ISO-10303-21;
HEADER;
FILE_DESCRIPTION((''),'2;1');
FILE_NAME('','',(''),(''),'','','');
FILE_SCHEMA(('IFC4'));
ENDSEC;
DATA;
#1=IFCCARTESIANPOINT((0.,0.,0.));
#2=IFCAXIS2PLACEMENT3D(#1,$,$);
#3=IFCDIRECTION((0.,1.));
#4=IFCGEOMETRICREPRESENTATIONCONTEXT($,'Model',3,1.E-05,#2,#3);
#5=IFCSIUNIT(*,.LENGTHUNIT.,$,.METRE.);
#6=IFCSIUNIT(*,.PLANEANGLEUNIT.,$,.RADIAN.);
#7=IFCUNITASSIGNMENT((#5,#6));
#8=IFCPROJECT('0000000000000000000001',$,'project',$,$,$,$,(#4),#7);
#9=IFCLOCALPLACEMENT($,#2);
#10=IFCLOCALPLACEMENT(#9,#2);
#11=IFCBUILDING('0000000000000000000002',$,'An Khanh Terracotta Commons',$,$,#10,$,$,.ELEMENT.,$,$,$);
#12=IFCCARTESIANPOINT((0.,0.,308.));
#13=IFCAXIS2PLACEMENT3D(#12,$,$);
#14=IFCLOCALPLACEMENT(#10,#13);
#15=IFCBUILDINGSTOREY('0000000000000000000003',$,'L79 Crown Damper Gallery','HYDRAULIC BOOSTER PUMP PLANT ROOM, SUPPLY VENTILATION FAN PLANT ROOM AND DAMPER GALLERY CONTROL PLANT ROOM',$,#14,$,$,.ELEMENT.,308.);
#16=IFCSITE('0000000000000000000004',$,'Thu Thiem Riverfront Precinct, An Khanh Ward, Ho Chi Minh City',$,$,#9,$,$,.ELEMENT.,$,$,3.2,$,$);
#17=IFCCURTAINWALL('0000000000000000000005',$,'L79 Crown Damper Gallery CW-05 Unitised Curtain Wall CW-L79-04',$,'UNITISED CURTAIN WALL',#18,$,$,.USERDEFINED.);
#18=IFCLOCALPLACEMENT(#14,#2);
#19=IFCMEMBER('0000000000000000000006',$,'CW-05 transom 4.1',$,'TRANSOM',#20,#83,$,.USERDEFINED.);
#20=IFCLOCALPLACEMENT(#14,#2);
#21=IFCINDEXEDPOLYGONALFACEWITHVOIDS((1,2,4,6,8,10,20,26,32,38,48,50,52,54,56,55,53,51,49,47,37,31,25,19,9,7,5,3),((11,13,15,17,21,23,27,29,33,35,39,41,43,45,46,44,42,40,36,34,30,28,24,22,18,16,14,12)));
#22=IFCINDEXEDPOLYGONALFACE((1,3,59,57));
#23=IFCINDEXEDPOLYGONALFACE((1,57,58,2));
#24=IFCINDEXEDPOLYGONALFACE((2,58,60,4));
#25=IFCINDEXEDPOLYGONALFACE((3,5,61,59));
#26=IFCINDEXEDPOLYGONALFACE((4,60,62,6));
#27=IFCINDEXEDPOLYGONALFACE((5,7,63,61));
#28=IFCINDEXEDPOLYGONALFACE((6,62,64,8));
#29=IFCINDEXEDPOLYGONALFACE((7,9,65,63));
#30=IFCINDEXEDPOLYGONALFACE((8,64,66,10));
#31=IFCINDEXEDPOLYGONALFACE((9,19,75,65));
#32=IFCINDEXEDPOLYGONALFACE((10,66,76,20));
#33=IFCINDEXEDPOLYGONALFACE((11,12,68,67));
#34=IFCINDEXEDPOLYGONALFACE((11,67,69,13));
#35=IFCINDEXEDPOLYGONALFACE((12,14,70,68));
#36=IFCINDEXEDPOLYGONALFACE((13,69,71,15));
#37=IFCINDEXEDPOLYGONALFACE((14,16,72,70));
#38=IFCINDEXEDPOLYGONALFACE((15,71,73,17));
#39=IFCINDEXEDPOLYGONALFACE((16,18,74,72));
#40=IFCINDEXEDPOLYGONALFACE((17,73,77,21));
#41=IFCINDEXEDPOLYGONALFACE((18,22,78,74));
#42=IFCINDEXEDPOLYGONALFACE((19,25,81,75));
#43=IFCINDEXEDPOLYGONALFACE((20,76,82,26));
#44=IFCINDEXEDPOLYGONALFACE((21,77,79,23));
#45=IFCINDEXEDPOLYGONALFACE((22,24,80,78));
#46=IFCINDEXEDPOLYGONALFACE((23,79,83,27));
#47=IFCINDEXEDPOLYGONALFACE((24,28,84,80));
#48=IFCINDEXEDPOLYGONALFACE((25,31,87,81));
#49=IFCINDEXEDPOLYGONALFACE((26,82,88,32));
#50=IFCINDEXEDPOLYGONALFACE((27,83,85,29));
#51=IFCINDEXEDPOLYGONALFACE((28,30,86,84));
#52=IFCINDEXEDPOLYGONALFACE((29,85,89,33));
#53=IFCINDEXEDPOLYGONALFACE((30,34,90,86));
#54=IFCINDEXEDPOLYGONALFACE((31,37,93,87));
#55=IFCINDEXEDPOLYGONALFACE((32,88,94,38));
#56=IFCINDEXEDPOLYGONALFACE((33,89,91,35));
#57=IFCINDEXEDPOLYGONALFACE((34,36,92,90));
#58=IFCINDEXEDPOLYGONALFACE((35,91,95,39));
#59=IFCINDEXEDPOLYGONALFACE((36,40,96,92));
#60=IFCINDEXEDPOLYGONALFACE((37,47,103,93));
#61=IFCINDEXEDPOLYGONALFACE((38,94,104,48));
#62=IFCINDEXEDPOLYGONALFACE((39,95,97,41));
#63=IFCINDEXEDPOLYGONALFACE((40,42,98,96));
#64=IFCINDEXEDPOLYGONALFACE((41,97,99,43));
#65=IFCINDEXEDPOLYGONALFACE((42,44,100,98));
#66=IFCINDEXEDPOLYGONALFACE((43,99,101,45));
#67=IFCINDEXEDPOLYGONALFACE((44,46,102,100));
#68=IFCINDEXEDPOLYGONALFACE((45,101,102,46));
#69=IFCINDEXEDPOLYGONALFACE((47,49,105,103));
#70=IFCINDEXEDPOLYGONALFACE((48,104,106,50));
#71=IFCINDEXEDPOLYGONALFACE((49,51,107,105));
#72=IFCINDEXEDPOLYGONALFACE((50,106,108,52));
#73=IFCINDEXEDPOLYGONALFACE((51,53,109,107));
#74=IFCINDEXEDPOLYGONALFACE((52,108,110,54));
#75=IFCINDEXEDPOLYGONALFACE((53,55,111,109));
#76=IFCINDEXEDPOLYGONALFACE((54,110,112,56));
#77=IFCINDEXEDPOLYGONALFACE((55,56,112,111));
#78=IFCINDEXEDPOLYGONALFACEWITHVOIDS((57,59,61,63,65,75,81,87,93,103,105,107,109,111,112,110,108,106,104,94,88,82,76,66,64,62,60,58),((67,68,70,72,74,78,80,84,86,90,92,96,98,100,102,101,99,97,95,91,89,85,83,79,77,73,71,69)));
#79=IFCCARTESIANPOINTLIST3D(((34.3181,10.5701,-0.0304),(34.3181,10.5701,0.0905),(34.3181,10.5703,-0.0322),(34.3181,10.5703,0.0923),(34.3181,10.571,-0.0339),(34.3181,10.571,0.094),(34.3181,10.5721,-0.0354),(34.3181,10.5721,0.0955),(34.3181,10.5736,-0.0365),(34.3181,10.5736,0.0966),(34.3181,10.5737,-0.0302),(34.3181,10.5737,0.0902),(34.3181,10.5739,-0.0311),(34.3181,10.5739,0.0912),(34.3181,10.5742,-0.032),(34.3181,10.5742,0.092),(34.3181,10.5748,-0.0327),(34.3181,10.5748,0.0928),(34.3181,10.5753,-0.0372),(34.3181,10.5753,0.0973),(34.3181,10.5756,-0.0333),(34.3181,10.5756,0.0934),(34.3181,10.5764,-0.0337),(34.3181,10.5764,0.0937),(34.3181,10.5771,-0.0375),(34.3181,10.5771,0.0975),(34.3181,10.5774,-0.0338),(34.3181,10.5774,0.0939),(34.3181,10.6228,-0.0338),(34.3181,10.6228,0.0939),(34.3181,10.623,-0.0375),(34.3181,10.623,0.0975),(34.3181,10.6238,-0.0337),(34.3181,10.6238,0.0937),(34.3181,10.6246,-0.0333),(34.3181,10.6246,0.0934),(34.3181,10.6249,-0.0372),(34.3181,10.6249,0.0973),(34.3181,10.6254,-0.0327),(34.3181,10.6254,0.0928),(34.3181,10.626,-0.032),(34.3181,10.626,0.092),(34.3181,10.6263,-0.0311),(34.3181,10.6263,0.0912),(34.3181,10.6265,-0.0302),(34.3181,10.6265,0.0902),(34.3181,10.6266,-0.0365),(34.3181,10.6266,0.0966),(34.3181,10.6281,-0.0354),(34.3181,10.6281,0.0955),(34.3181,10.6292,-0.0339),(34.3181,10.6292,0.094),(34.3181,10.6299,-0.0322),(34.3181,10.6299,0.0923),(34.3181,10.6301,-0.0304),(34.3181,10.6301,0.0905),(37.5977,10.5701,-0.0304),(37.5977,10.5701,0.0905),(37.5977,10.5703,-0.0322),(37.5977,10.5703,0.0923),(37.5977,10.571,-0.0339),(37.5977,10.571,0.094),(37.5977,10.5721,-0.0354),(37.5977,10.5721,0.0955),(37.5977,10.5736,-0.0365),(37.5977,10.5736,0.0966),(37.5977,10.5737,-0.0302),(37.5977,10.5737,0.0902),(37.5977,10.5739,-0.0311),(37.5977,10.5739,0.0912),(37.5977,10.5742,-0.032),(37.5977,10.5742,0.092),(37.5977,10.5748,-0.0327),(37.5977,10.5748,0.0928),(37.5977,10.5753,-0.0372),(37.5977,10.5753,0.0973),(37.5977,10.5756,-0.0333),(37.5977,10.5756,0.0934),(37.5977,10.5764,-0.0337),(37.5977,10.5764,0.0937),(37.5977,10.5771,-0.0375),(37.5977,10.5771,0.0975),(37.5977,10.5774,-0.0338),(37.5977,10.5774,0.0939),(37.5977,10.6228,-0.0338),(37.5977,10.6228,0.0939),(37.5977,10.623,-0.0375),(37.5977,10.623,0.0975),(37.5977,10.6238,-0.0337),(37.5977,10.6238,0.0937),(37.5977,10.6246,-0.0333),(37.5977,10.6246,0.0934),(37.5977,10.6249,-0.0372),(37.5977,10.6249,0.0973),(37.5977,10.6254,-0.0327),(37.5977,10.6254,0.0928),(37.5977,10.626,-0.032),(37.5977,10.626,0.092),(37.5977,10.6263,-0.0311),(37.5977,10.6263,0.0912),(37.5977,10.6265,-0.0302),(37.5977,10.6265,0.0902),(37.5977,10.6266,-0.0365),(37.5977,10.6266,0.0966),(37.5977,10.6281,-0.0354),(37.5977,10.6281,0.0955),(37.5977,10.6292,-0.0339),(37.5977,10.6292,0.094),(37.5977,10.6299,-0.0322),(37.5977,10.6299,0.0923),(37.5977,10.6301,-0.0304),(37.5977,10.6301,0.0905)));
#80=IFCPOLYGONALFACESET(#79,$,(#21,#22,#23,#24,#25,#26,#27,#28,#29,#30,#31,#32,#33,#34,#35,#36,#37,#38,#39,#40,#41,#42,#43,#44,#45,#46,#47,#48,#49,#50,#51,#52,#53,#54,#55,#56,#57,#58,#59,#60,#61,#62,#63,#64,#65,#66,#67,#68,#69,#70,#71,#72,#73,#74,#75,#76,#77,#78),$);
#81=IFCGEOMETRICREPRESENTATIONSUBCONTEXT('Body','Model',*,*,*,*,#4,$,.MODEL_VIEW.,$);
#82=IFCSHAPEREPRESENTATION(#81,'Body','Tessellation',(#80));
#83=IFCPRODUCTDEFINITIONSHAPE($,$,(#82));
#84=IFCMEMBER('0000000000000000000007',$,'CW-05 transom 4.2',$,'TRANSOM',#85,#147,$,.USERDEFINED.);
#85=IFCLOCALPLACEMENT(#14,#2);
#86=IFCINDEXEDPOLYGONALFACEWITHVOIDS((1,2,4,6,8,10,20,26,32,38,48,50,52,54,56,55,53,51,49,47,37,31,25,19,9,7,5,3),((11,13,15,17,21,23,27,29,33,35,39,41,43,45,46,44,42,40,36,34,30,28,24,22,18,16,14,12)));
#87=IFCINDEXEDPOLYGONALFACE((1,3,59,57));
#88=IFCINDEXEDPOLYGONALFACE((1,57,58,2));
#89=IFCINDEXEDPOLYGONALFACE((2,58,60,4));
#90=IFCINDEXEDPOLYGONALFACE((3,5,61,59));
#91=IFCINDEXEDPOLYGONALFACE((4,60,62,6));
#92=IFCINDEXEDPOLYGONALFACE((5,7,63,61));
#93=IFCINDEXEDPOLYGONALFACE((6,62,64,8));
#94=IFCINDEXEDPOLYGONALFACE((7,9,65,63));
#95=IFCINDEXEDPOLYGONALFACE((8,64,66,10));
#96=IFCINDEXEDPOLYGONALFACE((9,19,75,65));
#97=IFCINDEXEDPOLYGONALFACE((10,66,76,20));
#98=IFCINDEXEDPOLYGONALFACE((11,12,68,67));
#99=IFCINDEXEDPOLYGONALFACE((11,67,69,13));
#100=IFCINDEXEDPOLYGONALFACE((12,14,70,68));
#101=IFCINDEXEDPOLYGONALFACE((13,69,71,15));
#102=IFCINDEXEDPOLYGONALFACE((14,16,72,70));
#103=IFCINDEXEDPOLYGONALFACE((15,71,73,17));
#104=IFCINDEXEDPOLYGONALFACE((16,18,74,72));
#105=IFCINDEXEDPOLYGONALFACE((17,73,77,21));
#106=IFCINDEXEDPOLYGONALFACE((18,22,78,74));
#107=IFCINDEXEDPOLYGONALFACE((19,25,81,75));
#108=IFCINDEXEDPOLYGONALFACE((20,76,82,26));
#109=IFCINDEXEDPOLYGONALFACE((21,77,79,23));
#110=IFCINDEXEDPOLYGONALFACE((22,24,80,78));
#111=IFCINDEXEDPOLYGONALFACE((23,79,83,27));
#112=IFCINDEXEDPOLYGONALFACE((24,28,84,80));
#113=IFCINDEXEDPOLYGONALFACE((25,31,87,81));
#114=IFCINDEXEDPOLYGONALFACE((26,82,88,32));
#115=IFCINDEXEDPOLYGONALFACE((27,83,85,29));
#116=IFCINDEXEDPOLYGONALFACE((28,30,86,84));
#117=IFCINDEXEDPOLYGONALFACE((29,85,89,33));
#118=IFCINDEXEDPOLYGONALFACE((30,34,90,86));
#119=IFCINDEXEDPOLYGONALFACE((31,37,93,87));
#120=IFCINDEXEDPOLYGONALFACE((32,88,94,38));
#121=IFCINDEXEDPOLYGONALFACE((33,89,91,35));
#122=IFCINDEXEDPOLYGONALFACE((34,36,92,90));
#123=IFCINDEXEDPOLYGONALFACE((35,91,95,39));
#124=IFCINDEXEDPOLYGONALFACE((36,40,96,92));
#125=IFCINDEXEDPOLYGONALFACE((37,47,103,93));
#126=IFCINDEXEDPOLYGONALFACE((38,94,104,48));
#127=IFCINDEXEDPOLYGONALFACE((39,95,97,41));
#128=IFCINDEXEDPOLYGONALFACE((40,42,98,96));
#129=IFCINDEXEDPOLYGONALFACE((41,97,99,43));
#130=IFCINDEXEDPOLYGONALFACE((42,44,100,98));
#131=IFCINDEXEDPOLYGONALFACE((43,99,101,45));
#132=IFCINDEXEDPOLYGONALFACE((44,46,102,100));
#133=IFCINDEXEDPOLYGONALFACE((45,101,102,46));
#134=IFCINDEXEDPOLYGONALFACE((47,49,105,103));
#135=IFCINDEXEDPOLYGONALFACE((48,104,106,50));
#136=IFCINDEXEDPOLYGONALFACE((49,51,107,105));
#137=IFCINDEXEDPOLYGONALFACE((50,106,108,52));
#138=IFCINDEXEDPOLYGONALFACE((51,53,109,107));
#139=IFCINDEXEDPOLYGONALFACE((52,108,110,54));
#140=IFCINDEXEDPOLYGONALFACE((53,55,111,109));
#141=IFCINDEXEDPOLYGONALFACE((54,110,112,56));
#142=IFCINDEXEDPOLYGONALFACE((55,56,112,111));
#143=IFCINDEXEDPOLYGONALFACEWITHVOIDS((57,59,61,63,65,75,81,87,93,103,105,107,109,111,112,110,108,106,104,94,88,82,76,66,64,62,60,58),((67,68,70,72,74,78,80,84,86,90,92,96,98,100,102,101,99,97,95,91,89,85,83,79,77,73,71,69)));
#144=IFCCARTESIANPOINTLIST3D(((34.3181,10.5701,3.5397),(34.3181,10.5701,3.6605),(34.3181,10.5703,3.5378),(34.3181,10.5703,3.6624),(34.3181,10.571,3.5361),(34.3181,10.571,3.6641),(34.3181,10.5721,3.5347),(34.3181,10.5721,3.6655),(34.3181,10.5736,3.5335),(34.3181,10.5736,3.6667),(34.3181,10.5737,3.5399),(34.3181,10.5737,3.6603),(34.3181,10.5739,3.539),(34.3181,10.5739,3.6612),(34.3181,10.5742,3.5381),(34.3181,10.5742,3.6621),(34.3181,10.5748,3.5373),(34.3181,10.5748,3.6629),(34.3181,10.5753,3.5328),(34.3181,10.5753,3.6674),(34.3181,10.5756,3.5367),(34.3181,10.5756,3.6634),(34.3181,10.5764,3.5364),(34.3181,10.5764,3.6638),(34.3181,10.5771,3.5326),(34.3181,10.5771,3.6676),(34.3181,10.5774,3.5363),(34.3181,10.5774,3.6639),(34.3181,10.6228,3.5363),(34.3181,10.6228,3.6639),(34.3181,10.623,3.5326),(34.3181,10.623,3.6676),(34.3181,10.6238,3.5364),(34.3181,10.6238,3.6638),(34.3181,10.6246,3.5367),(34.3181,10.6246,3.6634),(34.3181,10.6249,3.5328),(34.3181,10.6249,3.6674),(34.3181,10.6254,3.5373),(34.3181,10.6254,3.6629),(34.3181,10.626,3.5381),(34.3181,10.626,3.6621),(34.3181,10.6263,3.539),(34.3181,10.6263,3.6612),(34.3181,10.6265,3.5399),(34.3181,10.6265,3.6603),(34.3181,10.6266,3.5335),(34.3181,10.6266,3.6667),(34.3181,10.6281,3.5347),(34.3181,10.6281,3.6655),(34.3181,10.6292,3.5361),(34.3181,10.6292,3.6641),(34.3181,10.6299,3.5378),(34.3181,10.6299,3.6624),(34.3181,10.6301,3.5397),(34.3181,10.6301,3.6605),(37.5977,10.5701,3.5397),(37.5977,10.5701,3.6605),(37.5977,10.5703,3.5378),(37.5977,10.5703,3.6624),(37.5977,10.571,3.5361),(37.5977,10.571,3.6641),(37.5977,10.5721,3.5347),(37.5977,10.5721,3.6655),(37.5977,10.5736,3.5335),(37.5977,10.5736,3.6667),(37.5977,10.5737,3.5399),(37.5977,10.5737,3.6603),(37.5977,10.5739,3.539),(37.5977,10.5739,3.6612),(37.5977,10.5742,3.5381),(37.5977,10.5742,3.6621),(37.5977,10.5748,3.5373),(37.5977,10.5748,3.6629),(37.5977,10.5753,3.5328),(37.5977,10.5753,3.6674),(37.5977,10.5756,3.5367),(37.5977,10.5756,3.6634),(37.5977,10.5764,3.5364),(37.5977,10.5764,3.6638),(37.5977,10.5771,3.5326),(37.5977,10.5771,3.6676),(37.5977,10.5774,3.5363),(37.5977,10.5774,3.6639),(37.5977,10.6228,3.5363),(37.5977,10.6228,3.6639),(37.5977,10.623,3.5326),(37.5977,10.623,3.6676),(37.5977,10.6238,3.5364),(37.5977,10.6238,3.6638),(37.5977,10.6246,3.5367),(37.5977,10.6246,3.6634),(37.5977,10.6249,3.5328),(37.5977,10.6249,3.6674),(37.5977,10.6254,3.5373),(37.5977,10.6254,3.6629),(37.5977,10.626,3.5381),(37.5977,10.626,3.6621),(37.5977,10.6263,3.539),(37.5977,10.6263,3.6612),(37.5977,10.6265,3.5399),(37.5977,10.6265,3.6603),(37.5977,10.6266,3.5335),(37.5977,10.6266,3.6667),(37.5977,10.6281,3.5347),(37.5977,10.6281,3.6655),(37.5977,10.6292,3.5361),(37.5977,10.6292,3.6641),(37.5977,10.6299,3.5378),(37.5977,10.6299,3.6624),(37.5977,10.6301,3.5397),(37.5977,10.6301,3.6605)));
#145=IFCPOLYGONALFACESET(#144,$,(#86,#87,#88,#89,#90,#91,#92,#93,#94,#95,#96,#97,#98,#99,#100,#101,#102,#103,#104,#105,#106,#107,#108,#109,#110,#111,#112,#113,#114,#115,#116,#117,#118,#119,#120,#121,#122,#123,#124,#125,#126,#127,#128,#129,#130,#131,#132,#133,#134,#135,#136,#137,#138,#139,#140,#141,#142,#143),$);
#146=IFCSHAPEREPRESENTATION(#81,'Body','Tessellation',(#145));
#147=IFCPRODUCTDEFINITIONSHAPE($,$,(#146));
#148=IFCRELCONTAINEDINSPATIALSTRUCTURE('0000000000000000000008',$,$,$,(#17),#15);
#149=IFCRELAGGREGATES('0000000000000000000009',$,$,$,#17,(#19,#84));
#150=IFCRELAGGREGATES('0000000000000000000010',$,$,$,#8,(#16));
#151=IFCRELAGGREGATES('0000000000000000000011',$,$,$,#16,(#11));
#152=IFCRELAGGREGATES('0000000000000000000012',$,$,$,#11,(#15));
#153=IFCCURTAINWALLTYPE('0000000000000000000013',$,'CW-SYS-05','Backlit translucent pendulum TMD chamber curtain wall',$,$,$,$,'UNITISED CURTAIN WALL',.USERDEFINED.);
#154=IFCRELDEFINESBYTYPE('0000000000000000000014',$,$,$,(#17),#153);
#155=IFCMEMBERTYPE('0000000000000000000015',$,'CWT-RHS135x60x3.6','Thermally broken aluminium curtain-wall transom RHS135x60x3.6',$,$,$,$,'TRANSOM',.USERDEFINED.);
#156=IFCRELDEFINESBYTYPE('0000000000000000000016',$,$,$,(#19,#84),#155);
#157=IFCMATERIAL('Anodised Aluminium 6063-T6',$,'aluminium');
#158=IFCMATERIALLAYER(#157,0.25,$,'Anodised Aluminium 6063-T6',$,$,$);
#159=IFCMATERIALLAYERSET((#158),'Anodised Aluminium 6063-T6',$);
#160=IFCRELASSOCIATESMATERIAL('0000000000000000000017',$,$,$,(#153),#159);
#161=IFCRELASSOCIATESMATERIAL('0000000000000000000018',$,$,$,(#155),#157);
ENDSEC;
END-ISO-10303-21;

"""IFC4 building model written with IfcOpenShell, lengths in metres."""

from ifc_helpers import new_model, si_unit, direction, frame, origin, origin_2d, place, context, subcontext, project, spatial, hollow_rectangle, extrude, material, layer, layer_set, material_profile, profile_set, type_object, element, aggregate, save


model = new_model("IFC4")

# Units and contexts
model_context = context("Model", 3, precision=1e-05, world=origin(), true_north=direction((0.0, 1.0)))
body_context = subcontext(model_context, "Body", "Model", "MODEL_VIEW")
ifc_project = project(units=[si_unit("LENGTHUNIT", "METRE"), si_unit("PLANEANGLEUNIT", "RADIAN")], contexts=[model_context])

# Site, building, storey
site_placement = place(None, origin())
site = spatial("IfcSite", under=ifc_project, at=site_placement, Name="Thu Thiem Riverfront Precinct, An Khanh Ward, Ho Chi Minh City", CompositionType="ELEMENT", RefElevation=3.2)
building_placement = place(site_placement, origin())
building = spatial("IfcBuilding", under=site, at=building_placement, Name="An Khanh Terracotta Commons", CompositionType="ELEMENT")
storey_placement = place(building_placement, frame((0.0, 0.0, 308.0)))
storey = spatial("IfcBuildingStorey", under=building, at=storey_placement, Name="L79 Crown Damper Gallery", Description="HYDRAULIC BOOSTER PUMP PLANT ROOM, SUPPLY VENTILATION FAN PLANT ROOM AND DAMPER GALLERY CONTROL PLANT ROOM", CompositionType="ELEMENT", Elevation=308.0)

# Curtain wall, members
ifc_material_1 = material(Name="Anodised Aluminium 6063-T6", Category="aluminium")
ifc_layer_1 = layer(ifc_material_1, 0.25, Name="Anodised Aluminium 6063-T6")
ifc_layer_set_1 = layer_set([ifc_layer_1], Name="Anodised Aluminium 6063-T6")
curtain_wall_type = type_object("IfcCurtainWallType", Name="CW-SYS-05", Description="Backlit translucent pendulum TMD chamber curtain wall", ElementType="UNITISED CURTAIN WALL", PredefinedType="USERDEFINED", material=ifc_layer_set_1)
curtain_wall_placement = place(storey_placement, origin())
curtain_wall = element("IfcCurtainWall", 1, at=curtain_wall_placement, inside=storey, type_object=curtain_wall_type, Name="L79 Crown Damper Gallery CW-05 Unitised Curtain Wall CW-L79-04", ObjectType="UNITISED CURTAIN WALL", PredefinedType="USERDEFINED")
ifc_material_profile_1 = material_profile(ifc_material_1, hollow_rectangle(XDim=0.0601, YDim=0.135, WallThickness=0.0037, InnerFilletRadius=0.0037, OuterFilletRadius=0.0071, at=origin_2d()), Name="RHS135x60x3.6")
ifc_profile_set_1 = profile_set([ifc_material_profile_1], Name="Anodised Aluminium 6063-T6")
member_type_1 = type_object("IfcMemberType", Name="CWT-RHS135x60x3.6", Description="Thermally broken aluminium curtain-wall transom RHS135x60x3.6", ElementType="TRANSOM", PredefinedType="USERDEFINED", material=ifc_profile_set_1)
member_1_placement = place(storey_placement, frame((34.3181, 10.6001, 0.03), z_axis=(1.0, 0.0, 0.0), x_axis=(0.0, 1.0, 0.0)))
member_1 = element("IfcMember", 2, at=member_1_placement, type_object=member_type_1, Name="CW-05 transom 4.1", ObjectType="TRANSOM", PredefinedType="USERDEFINED", context=body_context, shape_type="SweptSolid", body=[
    extrude(hollow_rectangle(XDim=0.0601, YDim=0.135, WallThickness=0.0037, InnerFilletRadius=0.0037, OuterFilletRadius=0.0071, at=origin_2d()), origin(), (0.0, 0.0, 1.0), 3.2795),
])
member_2_placement = place(storey_placement, frame((34.3181, 10.6001, 3.6001), z_axis=(1.0, 0.0, 0.0), x_axis=(0.0, 1.0, 0.0)))
member_2 = element("IfcMember", 3, at=member_2_placement, type_object=member_type_1, Name="CW-05 transom 4.2", ObjectType="TRANSOM", PredefinedType="USERDEFINED", context=body_context, shape_type="SweptSolid", body=[
    extrude(hollow_rectangle(XDim=0.0601, YDim=0.135, WallThickness=0.0037, InnerFilletRadius=0.0037, OuterFilletRadius=0.0071, at=origin_2d()), origin(), (0.0, 0.0, 1.0), 3.2795),
])
aggregate(curtain_wall, [member_1, member_2])

save(model, "model.ifc")
